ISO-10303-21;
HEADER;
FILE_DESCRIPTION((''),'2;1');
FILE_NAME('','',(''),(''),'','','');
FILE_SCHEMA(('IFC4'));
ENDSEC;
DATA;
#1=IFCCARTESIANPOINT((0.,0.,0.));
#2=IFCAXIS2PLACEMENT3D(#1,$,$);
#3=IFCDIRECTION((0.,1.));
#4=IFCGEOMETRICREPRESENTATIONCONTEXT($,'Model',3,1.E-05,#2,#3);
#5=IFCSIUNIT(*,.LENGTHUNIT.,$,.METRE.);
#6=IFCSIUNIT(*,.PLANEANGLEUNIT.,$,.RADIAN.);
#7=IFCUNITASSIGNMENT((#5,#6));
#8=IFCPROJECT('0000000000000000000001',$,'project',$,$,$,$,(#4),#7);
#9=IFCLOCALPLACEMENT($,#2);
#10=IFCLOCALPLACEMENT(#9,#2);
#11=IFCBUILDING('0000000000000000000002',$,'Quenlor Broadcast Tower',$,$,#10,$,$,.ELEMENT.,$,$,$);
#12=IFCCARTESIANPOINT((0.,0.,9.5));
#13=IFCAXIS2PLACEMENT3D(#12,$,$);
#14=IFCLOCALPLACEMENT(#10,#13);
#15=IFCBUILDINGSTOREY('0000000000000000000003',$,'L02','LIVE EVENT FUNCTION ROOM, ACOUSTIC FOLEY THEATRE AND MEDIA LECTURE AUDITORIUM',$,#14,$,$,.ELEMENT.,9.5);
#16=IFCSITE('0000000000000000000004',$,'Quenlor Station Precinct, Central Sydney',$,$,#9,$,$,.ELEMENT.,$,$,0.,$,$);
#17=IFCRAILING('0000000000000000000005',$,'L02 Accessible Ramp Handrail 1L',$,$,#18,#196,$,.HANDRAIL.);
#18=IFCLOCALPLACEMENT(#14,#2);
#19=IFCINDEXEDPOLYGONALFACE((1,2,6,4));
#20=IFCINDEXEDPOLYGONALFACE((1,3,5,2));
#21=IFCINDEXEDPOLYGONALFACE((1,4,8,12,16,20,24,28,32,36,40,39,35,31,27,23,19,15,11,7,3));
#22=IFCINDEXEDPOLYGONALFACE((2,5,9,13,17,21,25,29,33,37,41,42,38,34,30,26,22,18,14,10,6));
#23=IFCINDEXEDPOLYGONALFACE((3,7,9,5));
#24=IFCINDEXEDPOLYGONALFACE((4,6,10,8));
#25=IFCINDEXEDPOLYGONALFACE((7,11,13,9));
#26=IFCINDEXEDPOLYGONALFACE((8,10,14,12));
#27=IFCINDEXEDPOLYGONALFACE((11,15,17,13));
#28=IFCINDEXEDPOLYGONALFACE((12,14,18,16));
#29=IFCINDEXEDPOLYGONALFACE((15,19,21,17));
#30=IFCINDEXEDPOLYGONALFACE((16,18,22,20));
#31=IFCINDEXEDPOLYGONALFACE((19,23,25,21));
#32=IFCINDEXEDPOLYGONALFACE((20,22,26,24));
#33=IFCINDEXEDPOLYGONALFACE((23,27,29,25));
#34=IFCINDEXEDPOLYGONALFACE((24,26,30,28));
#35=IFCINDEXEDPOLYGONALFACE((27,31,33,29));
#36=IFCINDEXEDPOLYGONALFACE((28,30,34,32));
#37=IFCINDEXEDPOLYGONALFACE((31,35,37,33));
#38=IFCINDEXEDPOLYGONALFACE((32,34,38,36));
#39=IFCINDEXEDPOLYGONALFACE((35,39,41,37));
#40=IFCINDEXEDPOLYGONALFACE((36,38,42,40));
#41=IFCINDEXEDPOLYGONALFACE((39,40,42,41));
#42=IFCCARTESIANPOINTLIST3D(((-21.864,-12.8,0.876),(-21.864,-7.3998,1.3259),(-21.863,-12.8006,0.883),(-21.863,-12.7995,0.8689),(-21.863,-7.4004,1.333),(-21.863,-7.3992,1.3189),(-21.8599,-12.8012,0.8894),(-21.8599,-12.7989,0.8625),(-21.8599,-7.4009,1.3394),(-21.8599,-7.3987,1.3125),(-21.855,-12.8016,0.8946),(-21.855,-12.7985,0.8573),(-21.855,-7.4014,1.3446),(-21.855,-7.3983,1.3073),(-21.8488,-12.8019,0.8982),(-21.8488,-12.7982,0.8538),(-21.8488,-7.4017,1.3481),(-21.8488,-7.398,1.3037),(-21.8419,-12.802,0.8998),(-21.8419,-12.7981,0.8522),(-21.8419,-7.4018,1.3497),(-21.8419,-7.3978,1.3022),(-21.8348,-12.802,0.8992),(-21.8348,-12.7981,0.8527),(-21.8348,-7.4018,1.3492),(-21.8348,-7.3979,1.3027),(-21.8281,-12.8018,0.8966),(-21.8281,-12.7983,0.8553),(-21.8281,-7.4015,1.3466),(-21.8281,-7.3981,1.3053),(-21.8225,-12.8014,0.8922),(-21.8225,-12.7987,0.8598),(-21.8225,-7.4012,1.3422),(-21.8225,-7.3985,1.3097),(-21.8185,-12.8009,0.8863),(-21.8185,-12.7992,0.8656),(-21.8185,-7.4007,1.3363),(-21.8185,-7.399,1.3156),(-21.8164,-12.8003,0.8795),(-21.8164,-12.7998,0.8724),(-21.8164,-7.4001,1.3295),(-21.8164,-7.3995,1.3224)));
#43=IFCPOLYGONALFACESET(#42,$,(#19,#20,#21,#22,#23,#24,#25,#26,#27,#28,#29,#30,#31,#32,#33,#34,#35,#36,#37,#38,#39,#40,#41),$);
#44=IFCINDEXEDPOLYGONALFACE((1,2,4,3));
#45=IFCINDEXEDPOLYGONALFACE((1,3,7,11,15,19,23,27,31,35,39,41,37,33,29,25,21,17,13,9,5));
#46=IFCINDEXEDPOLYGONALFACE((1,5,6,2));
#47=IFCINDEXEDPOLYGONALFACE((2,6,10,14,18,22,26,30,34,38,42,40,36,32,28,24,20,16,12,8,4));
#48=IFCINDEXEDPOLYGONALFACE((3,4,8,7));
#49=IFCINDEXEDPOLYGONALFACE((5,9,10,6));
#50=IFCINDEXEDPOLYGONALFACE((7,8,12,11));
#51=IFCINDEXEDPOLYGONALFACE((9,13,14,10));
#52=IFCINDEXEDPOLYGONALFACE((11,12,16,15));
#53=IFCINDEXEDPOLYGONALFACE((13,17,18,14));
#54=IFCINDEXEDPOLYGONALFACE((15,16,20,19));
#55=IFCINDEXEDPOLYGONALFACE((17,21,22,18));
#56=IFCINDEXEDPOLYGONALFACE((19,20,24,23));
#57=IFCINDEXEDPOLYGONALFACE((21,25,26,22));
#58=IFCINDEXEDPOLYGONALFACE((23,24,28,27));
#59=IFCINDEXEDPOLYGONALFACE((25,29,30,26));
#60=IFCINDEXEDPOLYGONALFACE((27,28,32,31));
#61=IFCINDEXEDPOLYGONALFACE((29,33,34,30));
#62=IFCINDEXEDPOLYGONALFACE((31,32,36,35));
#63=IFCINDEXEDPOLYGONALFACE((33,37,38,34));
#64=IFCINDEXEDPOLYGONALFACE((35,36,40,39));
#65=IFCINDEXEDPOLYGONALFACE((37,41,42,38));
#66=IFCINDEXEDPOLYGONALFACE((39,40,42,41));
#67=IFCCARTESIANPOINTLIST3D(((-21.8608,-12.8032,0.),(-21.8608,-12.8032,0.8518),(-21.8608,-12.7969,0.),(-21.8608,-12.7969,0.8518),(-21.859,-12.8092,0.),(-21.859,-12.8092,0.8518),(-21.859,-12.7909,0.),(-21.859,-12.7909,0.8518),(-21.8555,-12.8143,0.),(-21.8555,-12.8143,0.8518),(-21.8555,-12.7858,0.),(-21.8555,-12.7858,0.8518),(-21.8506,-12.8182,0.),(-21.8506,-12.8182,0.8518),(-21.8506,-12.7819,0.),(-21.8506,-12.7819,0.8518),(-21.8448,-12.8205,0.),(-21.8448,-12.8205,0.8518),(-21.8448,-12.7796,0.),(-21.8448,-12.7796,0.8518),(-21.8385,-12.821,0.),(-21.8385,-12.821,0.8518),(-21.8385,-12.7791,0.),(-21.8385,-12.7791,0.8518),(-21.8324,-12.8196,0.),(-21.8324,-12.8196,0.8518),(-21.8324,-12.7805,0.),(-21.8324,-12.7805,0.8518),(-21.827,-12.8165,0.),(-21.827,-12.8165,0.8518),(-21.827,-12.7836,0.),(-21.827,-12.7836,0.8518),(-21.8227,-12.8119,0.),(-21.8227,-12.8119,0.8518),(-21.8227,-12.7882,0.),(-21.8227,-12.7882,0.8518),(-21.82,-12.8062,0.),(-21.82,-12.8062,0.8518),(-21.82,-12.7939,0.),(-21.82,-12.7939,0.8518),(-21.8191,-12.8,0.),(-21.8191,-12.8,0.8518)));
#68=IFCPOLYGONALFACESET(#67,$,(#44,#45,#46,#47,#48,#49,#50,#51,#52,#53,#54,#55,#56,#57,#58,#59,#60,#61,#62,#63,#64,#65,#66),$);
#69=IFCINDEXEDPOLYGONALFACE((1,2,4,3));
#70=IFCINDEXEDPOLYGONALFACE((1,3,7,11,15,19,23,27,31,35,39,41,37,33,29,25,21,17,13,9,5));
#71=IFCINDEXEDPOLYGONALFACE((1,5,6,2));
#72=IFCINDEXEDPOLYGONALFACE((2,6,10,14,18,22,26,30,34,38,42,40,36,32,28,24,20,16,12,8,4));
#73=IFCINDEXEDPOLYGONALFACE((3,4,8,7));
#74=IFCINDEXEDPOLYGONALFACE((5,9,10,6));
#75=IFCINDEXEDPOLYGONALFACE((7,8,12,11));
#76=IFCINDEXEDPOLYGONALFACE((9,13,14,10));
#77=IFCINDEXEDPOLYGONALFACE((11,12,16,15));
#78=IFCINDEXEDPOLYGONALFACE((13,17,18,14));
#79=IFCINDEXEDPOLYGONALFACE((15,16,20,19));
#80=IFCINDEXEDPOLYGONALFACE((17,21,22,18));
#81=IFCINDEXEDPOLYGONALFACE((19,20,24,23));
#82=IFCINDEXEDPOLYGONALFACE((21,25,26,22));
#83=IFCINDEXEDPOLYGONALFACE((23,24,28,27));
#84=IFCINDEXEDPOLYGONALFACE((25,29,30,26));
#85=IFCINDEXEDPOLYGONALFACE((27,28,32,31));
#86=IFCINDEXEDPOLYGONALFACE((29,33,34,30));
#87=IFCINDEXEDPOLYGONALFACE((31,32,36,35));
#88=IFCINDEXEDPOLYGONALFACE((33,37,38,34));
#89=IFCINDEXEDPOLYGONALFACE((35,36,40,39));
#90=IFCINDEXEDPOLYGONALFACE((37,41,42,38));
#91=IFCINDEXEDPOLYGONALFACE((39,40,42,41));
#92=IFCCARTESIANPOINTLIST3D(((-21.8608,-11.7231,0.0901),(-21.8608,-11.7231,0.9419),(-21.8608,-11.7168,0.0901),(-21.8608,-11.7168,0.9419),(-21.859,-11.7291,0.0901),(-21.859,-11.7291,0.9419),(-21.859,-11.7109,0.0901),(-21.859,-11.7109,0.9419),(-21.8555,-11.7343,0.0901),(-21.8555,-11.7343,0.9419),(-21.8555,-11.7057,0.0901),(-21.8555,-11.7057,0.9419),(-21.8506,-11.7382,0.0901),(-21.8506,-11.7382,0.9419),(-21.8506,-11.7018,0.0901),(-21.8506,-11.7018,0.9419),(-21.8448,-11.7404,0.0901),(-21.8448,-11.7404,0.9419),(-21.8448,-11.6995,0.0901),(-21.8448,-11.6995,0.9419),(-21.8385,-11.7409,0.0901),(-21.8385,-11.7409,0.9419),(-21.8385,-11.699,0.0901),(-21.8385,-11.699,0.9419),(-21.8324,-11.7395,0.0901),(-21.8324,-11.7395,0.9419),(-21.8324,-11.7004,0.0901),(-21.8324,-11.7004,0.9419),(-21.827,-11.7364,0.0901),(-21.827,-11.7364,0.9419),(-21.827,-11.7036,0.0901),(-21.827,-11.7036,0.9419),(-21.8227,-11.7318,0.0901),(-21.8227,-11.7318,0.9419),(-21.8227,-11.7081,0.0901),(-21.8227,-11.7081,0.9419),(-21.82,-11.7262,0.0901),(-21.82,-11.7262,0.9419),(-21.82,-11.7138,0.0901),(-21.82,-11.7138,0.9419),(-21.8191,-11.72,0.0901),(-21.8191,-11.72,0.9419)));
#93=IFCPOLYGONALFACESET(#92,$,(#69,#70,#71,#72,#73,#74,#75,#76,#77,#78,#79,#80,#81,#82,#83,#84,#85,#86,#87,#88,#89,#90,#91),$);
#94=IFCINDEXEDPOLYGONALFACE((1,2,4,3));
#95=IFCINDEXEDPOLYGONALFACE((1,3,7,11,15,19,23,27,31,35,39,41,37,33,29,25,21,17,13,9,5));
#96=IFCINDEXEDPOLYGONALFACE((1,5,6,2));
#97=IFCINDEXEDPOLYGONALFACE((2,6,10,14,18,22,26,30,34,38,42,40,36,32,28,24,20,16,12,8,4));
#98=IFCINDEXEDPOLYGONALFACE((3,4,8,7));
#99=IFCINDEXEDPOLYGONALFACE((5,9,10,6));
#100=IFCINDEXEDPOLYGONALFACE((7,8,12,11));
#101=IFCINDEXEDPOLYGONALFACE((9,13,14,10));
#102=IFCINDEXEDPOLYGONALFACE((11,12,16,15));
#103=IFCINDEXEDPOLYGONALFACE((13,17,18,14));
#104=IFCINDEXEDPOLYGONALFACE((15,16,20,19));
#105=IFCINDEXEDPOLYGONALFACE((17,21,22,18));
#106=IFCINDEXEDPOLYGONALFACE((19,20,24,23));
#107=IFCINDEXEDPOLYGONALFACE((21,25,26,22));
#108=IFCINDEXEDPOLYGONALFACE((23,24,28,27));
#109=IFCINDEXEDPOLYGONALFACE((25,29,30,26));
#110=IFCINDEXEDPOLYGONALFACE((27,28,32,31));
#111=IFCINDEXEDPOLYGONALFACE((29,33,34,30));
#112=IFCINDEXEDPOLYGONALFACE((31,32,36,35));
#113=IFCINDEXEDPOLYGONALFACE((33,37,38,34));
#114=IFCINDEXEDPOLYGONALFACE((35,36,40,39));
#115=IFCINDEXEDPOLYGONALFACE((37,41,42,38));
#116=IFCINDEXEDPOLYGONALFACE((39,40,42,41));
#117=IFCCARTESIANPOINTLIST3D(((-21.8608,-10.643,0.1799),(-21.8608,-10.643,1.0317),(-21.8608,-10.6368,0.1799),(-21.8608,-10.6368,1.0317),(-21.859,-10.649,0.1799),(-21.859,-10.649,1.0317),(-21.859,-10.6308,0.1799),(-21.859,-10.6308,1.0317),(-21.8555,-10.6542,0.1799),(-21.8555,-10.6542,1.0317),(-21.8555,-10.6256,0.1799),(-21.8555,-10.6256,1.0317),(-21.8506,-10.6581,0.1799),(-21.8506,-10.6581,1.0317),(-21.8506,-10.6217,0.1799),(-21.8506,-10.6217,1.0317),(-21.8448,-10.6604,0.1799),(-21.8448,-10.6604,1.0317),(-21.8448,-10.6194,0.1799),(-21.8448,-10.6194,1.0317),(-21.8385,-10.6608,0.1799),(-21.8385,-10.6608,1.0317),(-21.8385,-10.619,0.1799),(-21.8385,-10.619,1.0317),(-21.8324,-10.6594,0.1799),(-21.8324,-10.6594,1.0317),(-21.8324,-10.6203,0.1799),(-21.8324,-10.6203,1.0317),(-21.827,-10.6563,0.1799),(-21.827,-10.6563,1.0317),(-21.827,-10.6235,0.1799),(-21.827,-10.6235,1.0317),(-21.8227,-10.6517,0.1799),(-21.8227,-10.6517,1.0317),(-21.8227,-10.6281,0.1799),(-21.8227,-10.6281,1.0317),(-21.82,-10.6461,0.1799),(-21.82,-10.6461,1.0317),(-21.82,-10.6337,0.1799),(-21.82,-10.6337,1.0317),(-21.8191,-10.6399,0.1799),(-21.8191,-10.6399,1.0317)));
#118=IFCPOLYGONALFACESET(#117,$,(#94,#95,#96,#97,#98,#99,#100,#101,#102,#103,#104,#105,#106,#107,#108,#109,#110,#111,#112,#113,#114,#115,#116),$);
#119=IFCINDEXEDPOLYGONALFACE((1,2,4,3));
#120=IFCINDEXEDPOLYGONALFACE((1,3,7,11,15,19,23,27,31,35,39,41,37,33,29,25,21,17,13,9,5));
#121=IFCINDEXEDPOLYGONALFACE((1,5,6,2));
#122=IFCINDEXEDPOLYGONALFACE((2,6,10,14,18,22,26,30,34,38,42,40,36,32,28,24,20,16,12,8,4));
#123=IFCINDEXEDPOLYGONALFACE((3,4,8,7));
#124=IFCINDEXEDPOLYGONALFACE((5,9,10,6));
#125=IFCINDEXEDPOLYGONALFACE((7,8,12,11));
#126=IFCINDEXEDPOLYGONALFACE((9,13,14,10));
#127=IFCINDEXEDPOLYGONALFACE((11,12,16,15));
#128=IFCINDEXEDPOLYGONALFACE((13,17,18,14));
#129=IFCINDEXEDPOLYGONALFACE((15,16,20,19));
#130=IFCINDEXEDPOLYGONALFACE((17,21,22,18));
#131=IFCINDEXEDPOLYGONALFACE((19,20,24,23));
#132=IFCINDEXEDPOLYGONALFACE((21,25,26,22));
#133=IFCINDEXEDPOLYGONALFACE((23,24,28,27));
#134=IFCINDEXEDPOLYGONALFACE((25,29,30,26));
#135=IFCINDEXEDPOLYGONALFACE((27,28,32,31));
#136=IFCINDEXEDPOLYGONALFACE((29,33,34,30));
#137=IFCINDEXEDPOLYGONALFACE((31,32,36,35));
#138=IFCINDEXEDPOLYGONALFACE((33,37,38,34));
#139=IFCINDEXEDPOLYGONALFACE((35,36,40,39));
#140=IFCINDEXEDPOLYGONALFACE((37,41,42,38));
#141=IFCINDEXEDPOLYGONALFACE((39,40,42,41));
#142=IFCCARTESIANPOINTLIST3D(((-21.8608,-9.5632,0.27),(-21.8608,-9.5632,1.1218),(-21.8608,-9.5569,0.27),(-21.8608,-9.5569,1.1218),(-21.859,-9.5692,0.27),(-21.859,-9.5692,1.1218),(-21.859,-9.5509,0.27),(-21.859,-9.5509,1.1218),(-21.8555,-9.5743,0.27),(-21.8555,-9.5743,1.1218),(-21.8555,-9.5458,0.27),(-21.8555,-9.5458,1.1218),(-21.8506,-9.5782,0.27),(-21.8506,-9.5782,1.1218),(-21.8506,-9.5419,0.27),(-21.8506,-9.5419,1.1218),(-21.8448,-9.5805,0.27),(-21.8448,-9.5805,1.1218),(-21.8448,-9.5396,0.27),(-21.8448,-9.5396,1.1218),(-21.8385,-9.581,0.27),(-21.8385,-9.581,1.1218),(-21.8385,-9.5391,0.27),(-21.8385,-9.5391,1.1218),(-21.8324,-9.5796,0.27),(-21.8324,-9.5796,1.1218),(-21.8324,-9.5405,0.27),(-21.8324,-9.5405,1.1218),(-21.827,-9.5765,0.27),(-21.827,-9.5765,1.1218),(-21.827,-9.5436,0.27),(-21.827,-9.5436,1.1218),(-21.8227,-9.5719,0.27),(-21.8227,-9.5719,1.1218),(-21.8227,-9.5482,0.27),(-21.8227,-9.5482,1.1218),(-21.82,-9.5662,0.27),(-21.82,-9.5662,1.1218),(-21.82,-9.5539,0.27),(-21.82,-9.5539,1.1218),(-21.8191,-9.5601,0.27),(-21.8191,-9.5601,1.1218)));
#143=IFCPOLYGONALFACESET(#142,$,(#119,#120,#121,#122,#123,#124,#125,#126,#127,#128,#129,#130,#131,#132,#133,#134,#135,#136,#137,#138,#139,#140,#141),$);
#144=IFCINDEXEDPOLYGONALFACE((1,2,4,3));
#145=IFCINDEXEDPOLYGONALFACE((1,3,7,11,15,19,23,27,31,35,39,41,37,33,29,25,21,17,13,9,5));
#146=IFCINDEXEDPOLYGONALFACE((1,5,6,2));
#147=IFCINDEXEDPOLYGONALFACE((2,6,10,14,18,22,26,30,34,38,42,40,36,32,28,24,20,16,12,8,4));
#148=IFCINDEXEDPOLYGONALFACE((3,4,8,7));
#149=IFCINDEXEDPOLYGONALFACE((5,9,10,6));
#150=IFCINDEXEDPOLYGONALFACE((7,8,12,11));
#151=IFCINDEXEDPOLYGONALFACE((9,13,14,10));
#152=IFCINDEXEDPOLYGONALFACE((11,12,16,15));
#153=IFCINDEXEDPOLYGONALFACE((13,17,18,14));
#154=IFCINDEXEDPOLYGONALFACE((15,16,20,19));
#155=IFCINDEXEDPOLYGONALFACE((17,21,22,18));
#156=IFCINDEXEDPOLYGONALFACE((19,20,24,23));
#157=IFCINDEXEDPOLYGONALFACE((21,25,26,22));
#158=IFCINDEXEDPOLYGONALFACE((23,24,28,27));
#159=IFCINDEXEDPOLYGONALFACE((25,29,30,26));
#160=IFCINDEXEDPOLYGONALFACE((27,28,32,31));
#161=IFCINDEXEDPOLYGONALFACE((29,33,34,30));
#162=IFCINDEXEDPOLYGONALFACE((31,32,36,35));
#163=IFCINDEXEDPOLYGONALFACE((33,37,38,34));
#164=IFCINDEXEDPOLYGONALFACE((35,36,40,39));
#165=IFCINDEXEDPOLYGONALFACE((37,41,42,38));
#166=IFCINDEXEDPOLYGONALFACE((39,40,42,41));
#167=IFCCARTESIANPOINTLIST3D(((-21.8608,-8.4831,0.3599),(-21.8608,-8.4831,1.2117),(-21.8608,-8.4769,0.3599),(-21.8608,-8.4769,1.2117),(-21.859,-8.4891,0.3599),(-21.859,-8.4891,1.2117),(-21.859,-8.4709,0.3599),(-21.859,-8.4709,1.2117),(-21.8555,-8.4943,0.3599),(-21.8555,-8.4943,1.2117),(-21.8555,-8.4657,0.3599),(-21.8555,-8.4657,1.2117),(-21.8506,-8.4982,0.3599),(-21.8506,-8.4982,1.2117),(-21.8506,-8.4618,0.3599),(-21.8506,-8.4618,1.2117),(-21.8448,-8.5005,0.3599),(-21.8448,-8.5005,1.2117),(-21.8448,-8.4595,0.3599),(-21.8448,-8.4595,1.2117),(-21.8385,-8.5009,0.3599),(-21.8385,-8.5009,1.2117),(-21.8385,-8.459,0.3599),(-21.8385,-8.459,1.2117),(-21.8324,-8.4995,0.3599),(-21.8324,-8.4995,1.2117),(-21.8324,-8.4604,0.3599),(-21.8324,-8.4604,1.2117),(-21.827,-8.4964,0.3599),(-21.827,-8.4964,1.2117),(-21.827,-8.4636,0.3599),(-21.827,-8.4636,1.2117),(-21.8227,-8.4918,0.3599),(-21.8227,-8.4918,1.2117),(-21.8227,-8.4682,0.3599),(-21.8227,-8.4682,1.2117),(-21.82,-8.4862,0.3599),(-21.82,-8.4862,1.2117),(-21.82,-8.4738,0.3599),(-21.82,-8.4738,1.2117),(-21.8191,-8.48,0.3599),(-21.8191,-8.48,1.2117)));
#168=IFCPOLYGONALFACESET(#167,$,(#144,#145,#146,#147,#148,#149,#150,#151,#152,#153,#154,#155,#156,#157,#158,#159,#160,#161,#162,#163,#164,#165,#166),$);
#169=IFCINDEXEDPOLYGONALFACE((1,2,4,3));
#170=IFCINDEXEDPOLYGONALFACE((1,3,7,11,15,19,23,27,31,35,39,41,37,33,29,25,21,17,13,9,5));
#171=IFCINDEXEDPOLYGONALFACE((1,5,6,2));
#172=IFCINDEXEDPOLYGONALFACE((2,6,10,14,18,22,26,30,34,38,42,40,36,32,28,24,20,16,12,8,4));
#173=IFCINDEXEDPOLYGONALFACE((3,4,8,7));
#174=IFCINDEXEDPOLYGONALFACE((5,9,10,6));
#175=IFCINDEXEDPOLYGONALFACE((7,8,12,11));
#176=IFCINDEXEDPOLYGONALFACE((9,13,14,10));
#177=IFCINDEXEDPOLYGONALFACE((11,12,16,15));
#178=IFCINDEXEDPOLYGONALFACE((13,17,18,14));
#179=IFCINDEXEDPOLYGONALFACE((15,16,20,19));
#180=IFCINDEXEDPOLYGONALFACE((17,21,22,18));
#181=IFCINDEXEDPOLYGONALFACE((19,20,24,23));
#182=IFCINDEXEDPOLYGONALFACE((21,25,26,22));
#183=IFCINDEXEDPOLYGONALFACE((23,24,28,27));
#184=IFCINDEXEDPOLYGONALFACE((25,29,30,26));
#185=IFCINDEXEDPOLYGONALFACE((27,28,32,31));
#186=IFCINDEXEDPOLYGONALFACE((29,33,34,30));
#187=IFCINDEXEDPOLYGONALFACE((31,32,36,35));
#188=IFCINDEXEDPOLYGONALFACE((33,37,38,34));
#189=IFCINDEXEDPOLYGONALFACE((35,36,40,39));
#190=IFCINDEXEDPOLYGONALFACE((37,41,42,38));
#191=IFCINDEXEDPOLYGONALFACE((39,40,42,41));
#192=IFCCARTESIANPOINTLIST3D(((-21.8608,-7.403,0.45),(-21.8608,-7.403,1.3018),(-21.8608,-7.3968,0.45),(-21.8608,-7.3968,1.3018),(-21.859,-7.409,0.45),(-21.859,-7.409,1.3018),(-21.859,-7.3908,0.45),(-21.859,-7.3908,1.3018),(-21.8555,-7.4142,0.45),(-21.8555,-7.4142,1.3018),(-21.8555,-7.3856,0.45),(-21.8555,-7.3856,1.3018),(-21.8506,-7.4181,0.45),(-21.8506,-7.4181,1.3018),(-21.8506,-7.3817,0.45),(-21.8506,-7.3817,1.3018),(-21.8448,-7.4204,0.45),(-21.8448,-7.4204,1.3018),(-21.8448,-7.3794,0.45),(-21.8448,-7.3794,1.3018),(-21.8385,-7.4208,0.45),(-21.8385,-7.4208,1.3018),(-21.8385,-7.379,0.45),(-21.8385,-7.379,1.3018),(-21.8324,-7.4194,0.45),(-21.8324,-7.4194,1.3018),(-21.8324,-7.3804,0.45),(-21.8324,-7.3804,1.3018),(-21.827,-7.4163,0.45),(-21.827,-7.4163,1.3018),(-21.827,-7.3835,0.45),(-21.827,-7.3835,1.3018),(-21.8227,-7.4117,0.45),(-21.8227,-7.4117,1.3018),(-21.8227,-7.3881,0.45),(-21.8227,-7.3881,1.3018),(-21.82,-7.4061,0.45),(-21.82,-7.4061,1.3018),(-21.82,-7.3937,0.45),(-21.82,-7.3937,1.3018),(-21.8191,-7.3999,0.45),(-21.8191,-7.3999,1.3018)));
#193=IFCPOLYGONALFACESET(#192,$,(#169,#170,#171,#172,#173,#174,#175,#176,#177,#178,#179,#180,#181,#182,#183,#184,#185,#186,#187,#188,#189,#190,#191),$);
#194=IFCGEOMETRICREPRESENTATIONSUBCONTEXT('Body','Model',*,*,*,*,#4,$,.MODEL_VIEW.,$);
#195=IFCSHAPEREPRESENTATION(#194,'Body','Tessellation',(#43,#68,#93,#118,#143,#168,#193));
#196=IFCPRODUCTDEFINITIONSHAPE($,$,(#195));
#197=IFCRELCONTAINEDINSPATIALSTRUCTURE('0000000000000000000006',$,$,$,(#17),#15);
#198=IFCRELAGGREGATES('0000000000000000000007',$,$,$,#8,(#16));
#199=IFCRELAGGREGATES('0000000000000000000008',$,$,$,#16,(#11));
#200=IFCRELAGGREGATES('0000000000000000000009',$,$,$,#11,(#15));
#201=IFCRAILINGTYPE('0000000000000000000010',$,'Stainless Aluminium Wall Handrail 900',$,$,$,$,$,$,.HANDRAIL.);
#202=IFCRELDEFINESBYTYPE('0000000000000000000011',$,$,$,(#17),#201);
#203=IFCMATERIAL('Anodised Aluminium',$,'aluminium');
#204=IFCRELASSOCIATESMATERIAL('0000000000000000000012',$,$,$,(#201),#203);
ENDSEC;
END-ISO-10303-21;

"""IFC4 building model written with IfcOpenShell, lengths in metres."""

from ifc_helpers import new_model, si_unit, direction, frame, origin, origin_2d, place, context, subcontext, project, spatial, circle, extrude, material, type_object, element, save


model = new_model("IFC4")

# Units and contexts
model_context = context("Model", 3, precision=1e-05, world=origin(), true_north=direction((0.0, 1.0)))
body_context = subcontext(model_context, "Body", "Model", "MODEL_VIEW")
ifc_project = project(units=[si_unit("LENGTHUNIT", "METRE"), si_unit("PLANEANGLEUNIT", "RADIAN")], contexts=[model_context])

# Site, building, storey
site_placement = place(None, origin())
site = spatial("IfcSite", under=ifc_project, at=site_placement, Name="Quenlor Station Precinct, Central Sydney", CompositionType="ELEMENT", RefElevation=0.0)
building_placement = place(site_placement, origin())
building = spatial("IfcBuilding", under=site, at=building_placement, Name="Quenlor Broadcast Tower", CompositionType="ELEMENT")
storey_placement = place(building_placement, frame((0.0, 0.0, 9.5)))
storey = spatial("IfcBuildingStorey", under=building, at=storey_placement, Name="L02", Description="LIVE EVENT FUNCTION ROOM, ACOUSTIC FOLEY THEATRE AND MEDIA LECTURE AUDITORIUM", CompositionType="ELEMENT", Elevation=9.5)

# Railing
ifc_material_1 = material(Name="Anodised Aluminium", Category="aluminium")
railing_type = type_object("IfcRailingType", Name="Stainless Aluminium Wall Handrail 900", PredefinedType="HANDRAIL", material=ifc_material_1)
for number, where, name in (
    (1, (-21.8401, -12.8, 0.0), "L02 Accessible Ramp Handrail 1L"),
):
    element("IfcRailing", number, at=place(storey_placement, frame(where)), inside=storey, type_object=railing_type, Name=name, PredefinedType="HANDRAIL", context=body_context, shape_type="SweptSolid", body=[
        extrude(circle(Radius=0.0239, at=origin_2d()), frame((0.0, 0.0, 0.876), z_axis=(0.0, 0.996547, 0.083034), x_axis=(-1.0, 0.0, 0.0)), (0.0, 0.0, 1.0), 5.4189),
        extrude(circle(Radius=0.021, at=origin_2d()), origin(), (0.0, 0.0, 1.0), 0.8518),
        extrude(circle(Radius=0.021, at=origin_2d()), frame((0.0, 1.0801, 0.0901)), (0.0, 0.0, 1.0), 0.8518),
        extrude(circle(Radius=0.021, at=origin_2d()), frame((0.0, 2.1602, 0.1799)), (0.0, 0.0, 1.0), 0.8518),
        extrude(circle(Radius=0.021, at=origin_2d()), frame((0.0, 3.24, 0.27)), (0.0, 0.0, 1.0), 0.8518),
        extrude(circle(Radius=0.021, at=origin_2d()), frame((0.0, 4.3201, 0.3599)), (0.0, 0.0, 1.0), 0.8518),
        extrude(circle(Radius=0.021, at=origin_2d()), frame((0.0, 5.4001, 0.45)), (0.0, 0.0, 1.0), 0.8518),
    ])

save(model, "model.ifc")
